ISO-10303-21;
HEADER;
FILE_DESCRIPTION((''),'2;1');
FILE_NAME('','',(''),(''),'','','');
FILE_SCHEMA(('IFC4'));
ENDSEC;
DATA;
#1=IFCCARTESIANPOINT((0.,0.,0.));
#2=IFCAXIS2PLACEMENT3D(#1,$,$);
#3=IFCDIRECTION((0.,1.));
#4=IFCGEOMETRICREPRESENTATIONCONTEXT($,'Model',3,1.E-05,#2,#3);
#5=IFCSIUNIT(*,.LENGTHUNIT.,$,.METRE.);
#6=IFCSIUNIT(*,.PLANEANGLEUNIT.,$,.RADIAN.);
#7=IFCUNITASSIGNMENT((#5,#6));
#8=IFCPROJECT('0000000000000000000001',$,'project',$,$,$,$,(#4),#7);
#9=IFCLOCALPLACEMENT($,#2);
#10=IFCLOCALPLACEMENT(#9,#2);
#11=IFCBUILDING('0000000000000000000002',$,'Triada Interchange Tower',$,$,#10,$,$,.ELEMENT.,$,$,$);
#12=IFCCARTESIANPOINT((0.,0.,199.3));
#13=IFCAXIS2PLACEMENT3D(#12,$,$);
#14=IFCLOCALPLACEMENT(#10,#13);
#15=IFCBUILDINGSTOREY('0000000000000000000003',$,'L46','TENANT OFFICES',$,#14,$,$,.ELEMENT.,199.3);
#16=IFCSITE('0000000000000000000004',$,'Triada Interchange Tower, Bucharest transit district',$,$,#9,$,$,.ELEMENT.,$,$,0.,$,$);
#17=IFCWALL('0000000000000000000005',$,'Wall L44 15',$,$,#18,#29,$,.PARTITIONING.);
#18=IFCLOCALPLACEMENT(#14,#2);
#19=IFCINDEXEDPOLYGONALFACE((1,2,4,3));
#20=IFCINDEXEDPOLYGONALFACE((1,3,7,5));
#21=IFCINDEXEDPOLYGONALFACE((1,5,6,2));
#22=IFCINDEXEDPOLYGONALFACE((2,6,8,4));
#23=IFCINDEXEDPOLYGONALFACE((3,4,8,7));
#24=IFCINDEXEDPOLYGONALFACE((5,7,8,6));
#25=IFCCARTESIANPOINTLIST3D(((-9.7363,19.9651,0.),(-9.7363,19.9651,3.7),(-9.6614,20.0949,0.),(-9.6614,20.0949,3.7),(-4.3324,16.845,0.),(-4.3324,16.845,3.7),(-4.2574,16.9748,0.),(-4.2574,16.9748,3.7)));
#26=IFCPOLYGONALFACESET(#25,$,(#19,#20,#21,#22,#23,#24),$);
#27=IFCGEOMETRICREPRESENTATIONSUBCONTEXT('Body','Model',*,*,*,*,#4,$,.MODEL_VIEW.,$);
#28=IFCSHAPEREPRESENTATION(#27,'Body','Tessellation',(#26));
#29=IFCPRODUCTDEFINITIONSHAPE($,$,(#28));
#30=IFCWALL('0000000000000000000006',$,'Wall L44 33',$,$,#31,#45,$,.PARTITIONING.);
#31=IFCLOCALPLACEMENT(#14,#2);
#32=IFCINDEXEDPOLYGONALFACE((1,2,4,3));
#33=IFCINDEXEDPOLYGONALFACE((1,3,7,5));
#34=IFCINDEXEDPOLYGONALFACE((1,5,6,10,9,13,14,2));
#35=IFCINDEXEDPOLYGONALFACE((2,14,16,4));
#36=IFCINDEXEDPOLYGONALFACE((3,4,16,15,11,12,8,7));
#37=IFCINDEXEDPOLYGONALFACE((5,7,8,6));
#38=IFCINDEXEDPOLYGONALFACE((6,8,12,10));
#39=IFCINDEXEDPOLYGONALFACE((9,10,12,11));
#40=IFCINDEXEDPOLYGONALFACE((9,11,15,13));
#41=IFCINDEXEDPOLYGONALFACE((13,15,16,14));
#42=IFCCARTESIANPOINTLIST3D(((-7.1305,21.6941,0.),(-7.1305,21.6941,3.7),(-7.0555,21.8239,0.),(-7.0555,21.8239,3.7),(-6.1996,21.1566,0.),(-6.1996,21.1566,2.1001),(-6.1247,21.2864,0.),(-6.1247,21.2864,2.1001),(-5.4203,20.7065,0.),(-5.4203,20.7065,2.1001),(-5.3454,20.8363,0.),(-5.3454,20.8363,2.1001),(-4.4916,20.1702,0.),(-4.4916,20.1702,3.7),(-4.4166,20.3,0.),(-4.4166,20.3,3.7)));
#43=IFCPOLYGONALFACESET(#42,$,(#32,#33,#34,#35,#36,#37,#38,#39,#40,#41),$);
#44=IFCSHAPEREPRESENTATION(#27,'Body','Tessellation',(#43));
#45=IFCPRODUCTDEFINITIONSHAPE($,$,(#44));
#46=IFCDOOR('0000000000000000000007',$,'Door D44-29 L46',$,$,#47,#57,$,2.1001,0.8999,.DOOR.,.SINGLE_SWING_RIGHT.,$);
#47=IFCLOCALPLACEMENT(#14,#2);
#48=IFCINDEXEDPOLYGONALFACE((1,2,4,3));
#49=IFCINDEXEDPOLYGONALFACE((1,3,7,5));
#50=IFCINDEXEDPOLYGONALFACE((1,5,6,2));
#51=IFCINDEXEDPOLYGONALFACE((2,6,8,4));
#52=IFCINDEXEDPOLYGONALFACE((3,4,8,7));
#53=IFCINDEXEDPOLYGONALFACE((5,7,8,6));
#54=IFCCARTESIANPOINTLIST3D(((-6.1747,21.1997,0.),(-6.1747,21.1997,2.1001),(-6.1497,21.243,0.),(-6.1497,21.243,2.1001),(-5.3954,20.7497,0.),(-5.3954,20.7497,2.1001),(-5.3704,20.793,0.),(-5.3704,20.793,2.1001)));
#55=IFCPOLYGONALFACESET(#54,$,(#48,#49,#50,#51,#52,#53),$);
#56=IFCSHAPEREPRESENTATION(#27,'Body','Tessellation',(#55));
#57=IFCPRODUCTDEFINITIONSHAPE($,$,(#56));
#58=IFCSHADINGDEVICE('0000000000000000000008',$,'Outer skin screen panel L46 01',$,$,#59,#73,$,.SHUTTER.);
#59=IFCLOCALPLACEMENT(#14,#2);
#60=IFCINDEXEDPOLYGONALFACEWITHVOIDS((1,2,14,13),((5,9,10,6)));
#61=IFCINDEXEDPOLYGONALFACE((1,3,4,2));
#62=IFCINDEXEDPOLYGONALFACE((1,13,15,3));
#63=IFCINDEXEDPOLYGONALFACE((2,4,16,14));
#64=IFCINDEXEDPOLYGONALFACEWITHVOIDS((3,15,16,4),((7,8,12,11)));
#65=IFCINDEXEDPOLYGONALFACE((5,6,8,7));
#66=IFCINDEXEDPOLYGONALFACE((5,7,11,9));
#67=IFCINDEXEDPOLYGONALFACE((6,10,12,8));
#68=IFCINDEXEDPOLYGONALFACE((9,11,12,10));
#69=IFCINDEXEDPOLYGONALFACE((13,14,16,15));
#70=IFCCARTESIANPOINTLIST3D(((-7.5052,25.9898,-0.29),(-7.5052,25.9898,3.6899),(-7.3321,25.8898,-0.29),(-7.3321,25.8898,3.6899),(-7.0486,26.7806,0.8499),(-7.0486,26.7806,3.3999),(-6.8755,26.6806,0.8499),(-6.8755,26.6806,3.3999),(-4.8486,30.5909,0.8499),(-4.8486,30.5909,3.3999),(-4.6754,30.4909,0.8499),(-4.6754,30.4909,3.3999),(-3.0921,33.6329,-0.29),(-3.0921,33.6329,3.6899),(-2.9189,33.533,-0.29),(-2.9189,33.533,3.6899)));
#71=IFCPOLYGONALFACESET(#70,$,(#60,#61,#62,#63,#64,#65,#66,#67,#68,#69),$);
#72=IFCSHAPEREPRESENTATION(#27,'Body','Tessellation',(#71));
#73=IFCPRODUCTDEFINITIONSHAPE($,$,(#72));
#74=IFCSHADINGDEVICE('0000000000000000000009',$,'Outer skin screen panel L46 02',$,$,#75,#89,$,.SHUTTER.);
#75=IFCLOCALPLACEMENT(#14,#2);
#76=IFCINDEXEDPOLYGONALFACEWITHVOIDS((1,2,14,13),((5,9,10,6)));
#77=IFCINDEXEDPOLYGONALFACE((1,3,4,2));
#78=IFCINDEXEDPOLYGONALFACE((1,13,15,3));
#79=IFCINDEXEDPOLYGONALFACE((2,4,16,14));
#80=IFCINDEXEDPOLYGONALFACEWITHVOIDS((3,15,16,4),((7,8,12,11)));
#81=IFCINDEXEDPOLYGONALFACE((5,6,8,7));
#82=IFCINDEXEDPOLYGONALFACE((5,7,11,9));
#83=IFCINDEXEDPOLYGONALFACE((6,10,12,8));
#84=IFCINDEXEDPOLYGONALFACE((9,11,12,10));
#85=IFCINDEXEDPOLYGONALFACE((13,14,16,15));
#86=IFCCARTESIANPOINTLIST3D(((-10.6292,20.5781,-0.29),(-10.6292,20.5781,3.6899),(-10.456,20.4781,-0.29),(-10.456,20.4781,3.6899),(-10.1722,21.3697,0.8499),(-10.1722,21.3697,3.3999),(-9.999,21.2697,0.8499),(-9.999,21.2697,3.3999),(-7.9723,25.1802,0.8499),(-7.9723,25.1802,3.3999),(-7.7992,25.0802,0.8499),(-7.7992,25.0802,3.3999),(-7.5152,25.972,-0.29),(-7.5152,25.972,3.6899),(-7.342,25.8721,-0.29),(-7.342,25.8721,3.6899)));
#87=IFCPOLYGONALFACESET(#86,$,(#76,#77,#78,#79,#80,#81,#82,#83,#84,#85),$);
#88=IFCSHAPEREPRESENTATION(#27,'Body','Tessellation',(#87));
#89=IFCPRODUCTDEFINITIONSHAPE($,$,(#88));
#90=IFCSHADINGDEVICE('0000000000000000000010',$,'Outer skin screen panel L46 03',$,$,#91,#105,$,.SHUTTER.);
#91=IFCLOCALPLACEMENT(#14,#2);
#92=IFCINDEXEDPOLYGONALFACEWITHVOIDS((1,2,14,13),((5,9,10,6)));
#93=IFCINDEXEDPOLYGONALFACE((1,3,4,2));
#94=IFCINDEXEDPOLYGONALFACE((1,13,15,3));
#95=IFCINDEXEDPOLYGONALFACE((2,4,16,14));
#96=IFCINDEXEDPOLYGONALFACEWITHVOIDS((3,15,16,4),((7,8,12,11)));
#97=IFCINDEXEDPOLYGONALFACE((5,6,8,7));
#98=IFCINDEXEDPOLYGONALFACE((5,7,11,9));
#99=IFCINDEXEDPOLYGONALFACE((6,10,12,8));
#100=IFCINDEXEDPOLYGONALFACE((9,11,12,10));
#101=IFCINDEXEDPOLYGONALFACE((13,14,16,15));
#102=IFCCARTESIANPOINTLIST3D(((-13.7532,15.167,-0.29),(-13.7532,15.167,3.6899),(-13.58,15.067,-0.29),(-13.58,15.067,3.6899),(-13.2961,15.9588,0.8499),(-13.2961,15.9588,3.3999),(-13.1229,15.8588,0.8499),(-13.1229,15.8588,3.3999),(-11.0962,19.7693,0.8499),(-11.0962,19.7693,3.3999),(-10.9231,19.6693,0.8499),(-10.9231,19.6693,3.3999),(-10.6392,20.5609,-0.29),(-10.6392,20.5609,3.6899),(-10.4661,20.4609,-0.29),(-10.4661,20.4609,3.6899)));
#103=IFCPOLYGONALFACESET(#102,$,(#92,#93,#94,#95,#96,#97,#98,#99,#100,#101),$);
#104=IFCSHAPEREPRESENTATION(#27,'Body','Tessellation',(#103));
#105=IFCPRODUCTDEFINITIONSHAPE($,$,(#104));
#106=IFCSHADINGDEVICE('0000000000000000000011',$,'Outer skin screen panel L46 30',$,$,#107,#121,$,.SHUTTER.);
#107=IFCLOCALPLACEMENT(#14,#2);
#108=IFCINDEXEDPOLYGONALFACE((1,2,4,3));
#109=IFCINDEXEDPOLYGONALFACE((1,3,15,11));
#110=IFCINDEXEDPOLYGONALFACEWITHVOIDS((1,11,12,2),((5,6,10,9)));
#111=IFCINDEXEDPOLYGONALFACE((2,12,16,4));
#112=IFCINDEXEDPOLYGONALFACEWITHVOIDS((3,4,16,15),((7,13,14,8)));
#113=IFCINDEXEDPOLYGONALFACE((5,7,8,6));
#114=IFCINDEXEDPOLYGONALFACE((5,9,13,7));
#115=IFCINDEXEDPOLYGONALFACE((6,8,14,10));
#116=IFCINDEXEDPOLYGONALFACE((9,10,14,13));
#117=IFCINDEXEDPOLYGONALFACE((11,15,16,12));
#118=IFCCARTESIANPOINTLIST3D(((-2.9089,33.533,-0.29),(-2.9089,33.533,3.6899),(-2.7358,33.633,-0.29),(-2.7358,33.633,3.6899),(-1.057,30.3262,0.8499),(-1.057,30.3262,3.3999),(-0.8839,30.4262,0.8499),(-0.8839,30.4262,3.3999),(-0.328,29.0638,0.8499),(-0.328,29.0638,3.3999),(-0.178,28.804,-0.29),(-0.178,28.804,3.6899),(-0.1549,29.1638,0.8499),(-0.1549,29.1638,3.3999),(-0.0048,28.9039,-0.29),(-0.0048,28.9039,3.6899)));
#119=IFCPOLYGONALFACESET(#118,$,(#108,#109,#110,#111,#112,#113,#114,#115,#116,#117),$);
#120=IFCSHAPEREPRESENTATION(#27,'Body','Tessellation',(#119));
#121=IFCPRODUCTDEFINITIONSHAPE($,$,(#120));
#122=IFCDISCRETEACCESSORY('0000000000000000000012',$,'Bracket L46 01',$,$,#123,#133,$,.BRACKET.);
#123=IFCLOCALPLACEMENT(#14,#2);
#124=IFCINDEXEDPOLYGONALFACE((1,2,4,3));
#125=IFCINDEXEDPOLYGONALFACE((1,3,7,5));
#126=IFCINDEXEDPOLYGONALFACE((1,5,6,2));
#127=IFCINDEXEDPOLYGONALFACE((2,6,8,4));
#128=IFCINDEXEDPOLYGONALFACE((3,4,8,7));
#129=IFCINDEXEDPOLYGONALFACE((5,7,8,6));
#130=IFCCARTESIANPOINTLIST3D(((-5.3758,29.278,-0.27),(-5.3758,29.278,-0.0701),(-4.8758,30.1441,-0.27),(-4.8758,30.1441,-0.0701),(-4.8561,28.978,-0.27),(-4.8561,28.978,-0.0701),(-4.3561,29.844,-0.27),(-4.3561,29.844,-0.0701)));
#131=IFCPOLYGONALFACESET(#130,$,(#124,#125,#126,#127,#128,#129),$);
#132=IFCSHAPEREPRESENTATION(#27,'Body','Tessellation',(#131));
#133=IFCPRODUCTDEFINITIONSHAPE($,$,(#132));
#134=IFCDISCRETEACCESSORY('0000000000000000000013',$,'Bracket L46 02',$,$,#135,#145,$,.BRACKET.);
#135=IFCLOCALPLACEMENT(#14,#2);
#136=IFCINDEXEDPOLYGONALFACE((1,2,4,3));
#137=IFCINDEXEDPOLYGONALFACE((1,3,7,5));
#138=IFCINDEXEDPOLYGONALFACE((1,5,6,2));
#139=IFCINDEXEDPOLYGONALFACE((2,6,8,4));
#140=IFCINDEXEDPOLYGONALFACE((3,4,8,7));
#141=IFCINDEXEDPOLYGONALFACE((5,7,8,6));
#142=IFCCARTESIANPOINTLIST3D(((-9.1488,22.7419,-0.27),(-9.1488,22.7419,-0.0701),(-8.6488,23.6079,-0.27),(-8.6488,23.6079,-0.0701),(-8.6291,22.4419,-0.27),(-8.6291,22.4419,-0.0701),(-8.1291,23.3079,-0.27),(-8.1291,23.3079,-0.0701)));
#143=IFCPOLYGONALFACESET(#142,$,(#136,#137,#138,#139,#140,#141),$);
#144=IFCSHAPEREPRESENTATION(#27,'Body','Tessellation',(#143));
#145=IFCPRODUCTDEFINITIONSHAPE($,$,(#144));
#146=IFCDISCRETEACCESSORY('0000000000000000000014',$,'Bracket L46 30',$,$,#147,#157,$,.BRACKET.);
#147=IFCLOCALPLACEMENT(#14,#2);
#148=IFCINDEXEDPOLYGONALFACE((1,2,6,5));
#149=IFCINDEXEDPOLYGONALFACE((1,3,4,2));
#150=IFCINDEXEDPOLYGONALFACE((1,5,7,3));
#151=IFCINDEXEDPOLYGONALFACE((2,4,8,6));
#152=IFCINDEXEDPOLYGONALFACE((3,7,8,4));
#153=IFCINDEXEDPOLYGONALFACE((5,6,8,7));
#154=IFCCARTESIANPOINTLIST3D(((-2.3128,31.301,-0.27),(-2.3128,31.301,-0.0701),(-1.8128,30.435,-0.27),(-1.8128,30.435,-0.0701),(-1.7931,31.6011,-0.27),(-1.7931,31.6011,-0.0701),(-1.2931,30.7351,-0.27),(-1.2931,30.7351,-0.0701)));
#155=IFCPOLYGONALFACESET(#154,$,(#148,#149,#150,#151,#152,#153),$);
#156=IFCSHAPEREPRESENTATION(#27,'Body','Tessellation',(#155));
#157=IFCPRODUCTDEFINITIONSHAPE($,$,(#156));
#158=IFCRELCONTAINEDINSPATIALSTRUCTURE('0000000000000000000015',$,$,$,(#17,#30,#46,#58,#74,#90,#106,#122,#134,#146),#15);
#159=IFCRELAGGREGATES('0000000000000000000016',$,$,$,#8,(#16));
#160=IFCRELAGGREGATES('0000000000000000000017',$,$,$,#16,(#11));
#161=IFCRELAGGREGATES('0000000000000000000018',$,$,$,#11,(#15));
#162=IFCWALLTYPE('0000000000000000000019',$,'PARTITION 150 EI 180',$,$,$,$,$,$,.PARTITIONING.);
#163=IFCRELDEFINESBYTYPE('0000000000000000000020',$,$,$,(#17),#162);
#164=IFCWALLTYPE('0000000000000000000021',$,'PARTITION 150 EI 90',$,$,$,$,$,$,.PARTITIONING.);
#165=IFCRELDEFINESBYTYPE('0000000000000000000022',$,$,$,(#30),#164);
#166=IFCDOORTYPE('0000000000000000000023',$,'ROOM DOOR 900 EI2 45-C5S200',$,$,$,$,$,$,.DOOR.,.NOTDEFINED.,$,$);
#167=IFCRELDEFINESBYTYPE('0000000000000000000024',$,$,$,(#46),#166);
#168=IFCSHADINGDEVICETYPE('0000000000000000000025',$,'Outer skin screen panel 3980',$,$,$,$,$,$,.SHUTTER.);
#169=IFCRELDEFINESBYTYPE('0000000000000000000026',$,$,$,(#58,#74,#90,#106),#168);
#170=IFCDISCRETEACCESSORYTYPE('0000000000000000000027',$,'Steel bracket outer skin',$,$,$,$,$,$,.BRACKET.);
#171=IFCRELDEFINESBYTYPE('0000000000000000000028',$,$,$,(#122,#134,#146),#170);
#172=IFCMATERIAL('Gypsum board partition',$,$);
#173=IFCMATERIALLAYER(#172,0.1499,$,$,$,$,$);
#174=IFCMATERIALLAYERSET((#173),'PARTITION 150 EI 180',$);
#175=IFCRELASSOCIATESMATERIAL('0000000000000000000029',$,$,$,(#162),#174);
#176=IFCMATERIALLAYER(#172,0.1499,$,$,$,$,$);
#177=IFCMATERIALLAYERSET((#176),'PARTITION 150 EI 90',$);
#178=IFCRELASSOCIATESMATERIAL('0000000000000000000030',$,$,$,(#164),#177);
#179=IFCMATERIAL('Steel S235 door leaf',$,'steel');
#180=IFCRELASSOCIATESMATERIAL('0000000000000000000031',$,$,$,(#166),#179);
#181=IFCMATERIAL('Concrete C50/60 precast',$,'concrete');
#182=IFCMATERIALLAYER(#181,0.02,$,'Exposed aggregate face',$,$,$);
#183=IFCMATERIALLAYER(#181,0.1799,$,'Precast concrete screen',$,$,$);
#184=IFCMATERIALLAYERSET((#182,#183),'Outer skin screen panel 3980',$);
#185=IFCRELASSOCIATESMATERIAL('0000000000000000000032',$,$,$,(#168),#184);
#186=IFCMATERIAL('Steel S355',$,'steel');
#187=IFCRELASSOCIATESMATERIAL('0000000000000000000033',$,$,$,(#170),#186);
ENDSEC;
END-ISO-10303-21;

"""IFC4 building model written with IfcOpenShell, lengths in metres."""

from ifc_helpers import new_model, si_unit, direction, frame, frame_2d, origin, origin_2d, place, context, subcontext, project, spatial, polyline, rectangle, outline, extrude, material, layer, layer_set, type_object, element, fill, save


model = new_model("IFC4")

# Units and contexts
model_context = context("Model", 3, precision=1e-05, world=origin(), true_north=direction((0.0, 1.0)))
body_context = subcontext(model_context, "Body", "Model", "MODEL_VIEW")
ifc_project = project(units=[si_unit("LENGTHUNIT", "METRE"), si_unit("PLANEANGLEUNIT", "RADIAN")], contexts=[model_context])

# Site, building, storey
site_placement = place(None, origin())
site = spatial("IfcSite", under=ifc_project, at=site_placement, Name="Triada Interchange Tower, Bucharest transit district", CompositionType="ELEMENT", RefElevation=0.0)
building_placement = place(site_placement, origin())
building = spatial("IfcBuilding", under=site, at=building_placement, Name="Triada Interchange Tower", CompositionType="ELEMENT")
storey_placement = place(building_placement, frame((0.0, 0.0, 199.3)))
storey = spatial("IfcBuildingStorey", under=building, at=storey_placement, Name="L46", Description="TENANT OFFICES", CompositionType="ELEMENT", Elevation=199.3)

# Wall
ifc_material_1 = material(Name="Gypsum board partition")
ifc_layer_1 = layer(ifc_material_1, 0.1499)
ifc_layer_set_1 = layer_set([ifc_layer_1], Name="PARTITION 150 EI 180")
wall_type_1 = type_object("IfcWallType", Name="PARTITION 150 EI 180", PredefinedType="PARTITIONING", material=ifc_layer_set_1)
wall_1_placement = place(storey_placement, frame((-9.699, 20.03, 0.0), z_axis=(0.0, 0.0, 1.0), x_axis=(0.866019, -0.50001, 0.0)))
element("IfcWall", 1, at=wall_1_placement, inside=storey, type_object=wall_type_1, Name="Wall L44 15", PredefinedType="PARTITIONING", context=body_context, shape_type="SweptSolid", body=[
    extrude(rectangle(XDim=6.24, YDim=0.1499, at=frame_2d((3.1201, 0.0))), origin(), (0.0, 0.0, 1.0), 3.7),
])

# Wall, opening, door
ifc_layer_2 = layer(ifc_material_1, 0.1499)
ifc_layer_set_2 = layer_set([ifc_layer_2], Name="PARTITION 150 EI 90")
wall_type_2 = type_object("IfcWallType", Name="PARTITION 150 EI 90", PredefinedType="PARTITIONING", material=ifc_layer_set_2)
wall_2_placement = place(storey_placement, frame((-7.093, 21.759, 0.0), z_axis=(0.0, 0.0, 1.0), x_axis=(0.865976, -0.500085, 0.0)))
wall_2 = element("IfcWall", 2, at=wall_2_placement, inside=storey, type_object=wall_type_2, Name="Wall L44 33", PredefinedType="PARTITIONING", context=body_context, shape_type="SweptSolid", body=[
    extrude(rectangle(XDim=3.0474, YDim=0.1499, at=frame_2d((1.5237, 0.0))), origin(), (0.0, 0.0, 1.0), 3.7),
])
opening_1_placement = place(wall_2_placement, frame((1.075, 0.0, 0.0)))
opening_1 = element("IfcOpeningElement", 3, at=opening_1_placement, cuts=wall_2, PredefinedType="OPENING", context=body_context, shape_type="SweptSolid", body=[
    extrude(rectangle(XDim=0.8999, YDim=2.1001, at=frame_2d((0.45, 1.05))), frame((0.0, 0.085, 0.0), z_axis=(0.0, -1.0, 0.0), x_axis=(1.0, 0.0, 0.0)), (0.0, 0.0, 1.0), 0.1699),
])
ifc_material_2 = material(Name="Steel S235 door leaf", Category="steel")
door_type = type_object("IfcDoorType", Name="ROOM DOOR 900 EI2 45-C5S200", OperationType="NOTDEFINED", PredefinedType="DOOR", material=ifc_material_2)
door_placement = place(opening_1_placement, origin())
door = element("IfcDoor", 4, at=door_placement, inside=storey, type_object=door_type, Name="Door D44-29 L46", OperationType="SINGLE_SWING_RIGHT", OverallHeight=2.1001, OverallWidth=0.8999, PredefinedType="DOOR", context=body_context, shape_type="SweptSolid", body=[
    extrude(rectangle(XDim=0.8999, YDim=2.1001, at=frame_2d((0.45, 1.05))), frame((0.0, 0.0249, 0.0), z_axis=(0.0, -1.0, 0.0), x_axis=(1.0, 0.0, 0.0)), (0.0, 0.0, 1.0), 0.05),
])
fill(opening_1, door)

# Shading devices
ifc_material_3 = material(Name="Concrete C50/60 precast", Category="concrete")
ifc_layer_3 = layer(ifc_material_3, 0.02, Name="Exposed aggregate face")
ifc_layer_4 = layer(ifc_material_3, 0.1799, Name="Precast concrete screen")
ifc_layer_set_3 = layer_set([ifc_layer_3, ifc_layer_4], Name="Outer skin screen panel 3980")
shading_device_type = type_object("IfcShadingDeviceType", Name="Outer skin screen panel 3980", PredefinedType="SHUTTER", material=ifc_layer_set_3)
shading_device_1_placement = place(storey_placement, frame((-2.9189, 33.533, -0.29), z_axis=(0.0, 0.0, 1.0), x_axis=(-0.500031, -0.866008, 0.0)))
element("IfcShadingDevice", 5, at=shading_device_1_placement, inside=storey, type_object=shading_device_type, Name="Outer skin screen panel L46 01", PredefinedType="SHUTTER", context=body_context, shape_type="SweptSolid", body=[
    extrude(outline(polyline([(0.0, 0.0), (8.8257, 0.0), (8.8257, 3.98), (0.0, 3.98), (0.0, 0.0)]), holes=[polyline([(3.5127, 1.1399), (3.5127, 3.6899), (7.9126, 3.6899), (7.9126, 1.1399), (3.5127, 1.1399)])]), frame((0.0, 0.0, 0.0), z_axis=(0.0, -1.0, 0.0), x_axis=(1.0, 0.0, 0.0)), (0.0, 0.0, 1.0), 0.2),
])
shading_device_2_placement = place(storey_placement, frame((-7.342, 25.8721, -0.29), z_axis=(0.0, 0.0, 1.0), x_axis=(-0.499971, -0.866042, 0.0)))
element("IfcShadingDevice", 6, at=shading_device_2_placement, inside=storey, type_object=shading_device_type, Name="Outer skin screen panel L46 02", PredefinedType="SHUTTER", context=body_context, shape_type="SweptSolid", body=[
    extrude(outline(polyline([(0.0, 0.0), (6.2283, 0.0), (6.2283, 3.98), (0.0, 3.98), (0.0, 0.0)]), holes=[polyline([(0.9143, 1.1399), (0.9143, 3.6899), (5.3142, 3.6899), (5.3142, 1.1399), (0.9143, 1.1399)])]), frame((0.0, 0.0, 0.0), z_axis=(0.0, -1.0, 0.0), x_axis=(1.0, 0.0, 0.0)), (0.0, 0.0, 1.0), 0.2),
])
shading_device_3_placement = place(storey_placement, frame((-10.4661, 20.4609, -0.29), z_axis=(0.0, 0.0, 1.0), x_axis=(-0.499971, -0.866042, 0.0)))
element("IfcShadingDevice", 7, at=shading_device_3_placement, inside=storey, type_object=shading_device_type, Name="Outer skin screen panel L46 03", PredefinedType="SHUTTER", context=body_context, shape_type="SweptSolid", body=[
    extrude(outline(polyline([(0.0, 0.0), (6.2283, 0.0), (6.2283, 3.98), (0.0, 3.98), (0.0, 0.0)]), holes=[polyline([(0.9141, 1.1399), (0.9141, 3.6899), (5.314, 3.6899), (5.314, 1.1399), (0.9141, 1.1399)])]), frame((0.0, 0.0, 0.0), z_axis=(0.0, -1.0, 0.0), x_axis=(1.0, 0.0, 0.0)), (0.0, 0.0, 1.0), 0.2),
])
shading_device_4_placement = place(storey_placement, frame((-0.178, 28.804, -0.29), z_axis=(0.0, 0.0, 1.0), x_axis=(-0.500091, 0.865973, 0.0)))
element("IfcShadingDevice", 8, at=shading_device_4_placement, inside=storey, type_object=shading_device_type, Name="Outer skin screen panel L46 30", PredefinedType="SHUTTER", context=body_context, shape_type="SweptSolid", body=[
    extrude(outline(polyline([(0.0, 0.0), (5.4609, 0.0), (5.4609, 3.98), (0.0, 3.98), (0.0, 0.0)]), holes=[polyline([(0.3, 1.1399), (0.3, 3.6899), (1.7578, 3.6899), (1.7578, 1.1399), (0.3, 1.1399)])]), frame((0.0, 0.0, 0.0), z_axis=(0.0, -1.0, 0.0), x_axis=(1.0, 0.0, 0.0)), (0.0, 0.0, 1.0), 0.2),
])

# Discrete accessories
ifc_material_4 = material(Name="Steel S355", Category="steel")
discrete_accessory_type = type_object("IfcDiscreteAccessoryType", Name="Steel bracket outer skin", PredefinedType="BRACKET", material=ifc_material_4)
for number, where, z_axis, x_axis, name in (
    (9, (-4.866, 29.561, -0.27), (0.0, 0.0, 1.0), (-0.866023, 0.500003, 0.0), "Bracket L46 01"),
    (10, (-8.6389, 23.0249, -0.27), (0.0, 0.0, 1.0), (-0.866023, 0.500003, 0.0), "Bracket L46 02"),
    (11, (-1.803, 31.0181, -0.27), (0.0, 0.0, 1.0), (0.866017, 0.500015, 0.0), "Bracket L46 30"),
):
    element("IfcDiscreteAccessory", number, at=place(storey_placement, frame(where, z_axis=z_axis, x_axis=x_axis)), inside=storey, type_object=discrete_accessory_type, Name=name, PredefinedType="BRACKET", context=body_context, shape_type="SweptSolid", body=[
        extrude(rectangle(XDim=0.6001, YDim=1.0, at=origin_2d()), origin(), (0.0, 0.0, 1.0), 0.2),
    ])

save(model, "model.ifc")
